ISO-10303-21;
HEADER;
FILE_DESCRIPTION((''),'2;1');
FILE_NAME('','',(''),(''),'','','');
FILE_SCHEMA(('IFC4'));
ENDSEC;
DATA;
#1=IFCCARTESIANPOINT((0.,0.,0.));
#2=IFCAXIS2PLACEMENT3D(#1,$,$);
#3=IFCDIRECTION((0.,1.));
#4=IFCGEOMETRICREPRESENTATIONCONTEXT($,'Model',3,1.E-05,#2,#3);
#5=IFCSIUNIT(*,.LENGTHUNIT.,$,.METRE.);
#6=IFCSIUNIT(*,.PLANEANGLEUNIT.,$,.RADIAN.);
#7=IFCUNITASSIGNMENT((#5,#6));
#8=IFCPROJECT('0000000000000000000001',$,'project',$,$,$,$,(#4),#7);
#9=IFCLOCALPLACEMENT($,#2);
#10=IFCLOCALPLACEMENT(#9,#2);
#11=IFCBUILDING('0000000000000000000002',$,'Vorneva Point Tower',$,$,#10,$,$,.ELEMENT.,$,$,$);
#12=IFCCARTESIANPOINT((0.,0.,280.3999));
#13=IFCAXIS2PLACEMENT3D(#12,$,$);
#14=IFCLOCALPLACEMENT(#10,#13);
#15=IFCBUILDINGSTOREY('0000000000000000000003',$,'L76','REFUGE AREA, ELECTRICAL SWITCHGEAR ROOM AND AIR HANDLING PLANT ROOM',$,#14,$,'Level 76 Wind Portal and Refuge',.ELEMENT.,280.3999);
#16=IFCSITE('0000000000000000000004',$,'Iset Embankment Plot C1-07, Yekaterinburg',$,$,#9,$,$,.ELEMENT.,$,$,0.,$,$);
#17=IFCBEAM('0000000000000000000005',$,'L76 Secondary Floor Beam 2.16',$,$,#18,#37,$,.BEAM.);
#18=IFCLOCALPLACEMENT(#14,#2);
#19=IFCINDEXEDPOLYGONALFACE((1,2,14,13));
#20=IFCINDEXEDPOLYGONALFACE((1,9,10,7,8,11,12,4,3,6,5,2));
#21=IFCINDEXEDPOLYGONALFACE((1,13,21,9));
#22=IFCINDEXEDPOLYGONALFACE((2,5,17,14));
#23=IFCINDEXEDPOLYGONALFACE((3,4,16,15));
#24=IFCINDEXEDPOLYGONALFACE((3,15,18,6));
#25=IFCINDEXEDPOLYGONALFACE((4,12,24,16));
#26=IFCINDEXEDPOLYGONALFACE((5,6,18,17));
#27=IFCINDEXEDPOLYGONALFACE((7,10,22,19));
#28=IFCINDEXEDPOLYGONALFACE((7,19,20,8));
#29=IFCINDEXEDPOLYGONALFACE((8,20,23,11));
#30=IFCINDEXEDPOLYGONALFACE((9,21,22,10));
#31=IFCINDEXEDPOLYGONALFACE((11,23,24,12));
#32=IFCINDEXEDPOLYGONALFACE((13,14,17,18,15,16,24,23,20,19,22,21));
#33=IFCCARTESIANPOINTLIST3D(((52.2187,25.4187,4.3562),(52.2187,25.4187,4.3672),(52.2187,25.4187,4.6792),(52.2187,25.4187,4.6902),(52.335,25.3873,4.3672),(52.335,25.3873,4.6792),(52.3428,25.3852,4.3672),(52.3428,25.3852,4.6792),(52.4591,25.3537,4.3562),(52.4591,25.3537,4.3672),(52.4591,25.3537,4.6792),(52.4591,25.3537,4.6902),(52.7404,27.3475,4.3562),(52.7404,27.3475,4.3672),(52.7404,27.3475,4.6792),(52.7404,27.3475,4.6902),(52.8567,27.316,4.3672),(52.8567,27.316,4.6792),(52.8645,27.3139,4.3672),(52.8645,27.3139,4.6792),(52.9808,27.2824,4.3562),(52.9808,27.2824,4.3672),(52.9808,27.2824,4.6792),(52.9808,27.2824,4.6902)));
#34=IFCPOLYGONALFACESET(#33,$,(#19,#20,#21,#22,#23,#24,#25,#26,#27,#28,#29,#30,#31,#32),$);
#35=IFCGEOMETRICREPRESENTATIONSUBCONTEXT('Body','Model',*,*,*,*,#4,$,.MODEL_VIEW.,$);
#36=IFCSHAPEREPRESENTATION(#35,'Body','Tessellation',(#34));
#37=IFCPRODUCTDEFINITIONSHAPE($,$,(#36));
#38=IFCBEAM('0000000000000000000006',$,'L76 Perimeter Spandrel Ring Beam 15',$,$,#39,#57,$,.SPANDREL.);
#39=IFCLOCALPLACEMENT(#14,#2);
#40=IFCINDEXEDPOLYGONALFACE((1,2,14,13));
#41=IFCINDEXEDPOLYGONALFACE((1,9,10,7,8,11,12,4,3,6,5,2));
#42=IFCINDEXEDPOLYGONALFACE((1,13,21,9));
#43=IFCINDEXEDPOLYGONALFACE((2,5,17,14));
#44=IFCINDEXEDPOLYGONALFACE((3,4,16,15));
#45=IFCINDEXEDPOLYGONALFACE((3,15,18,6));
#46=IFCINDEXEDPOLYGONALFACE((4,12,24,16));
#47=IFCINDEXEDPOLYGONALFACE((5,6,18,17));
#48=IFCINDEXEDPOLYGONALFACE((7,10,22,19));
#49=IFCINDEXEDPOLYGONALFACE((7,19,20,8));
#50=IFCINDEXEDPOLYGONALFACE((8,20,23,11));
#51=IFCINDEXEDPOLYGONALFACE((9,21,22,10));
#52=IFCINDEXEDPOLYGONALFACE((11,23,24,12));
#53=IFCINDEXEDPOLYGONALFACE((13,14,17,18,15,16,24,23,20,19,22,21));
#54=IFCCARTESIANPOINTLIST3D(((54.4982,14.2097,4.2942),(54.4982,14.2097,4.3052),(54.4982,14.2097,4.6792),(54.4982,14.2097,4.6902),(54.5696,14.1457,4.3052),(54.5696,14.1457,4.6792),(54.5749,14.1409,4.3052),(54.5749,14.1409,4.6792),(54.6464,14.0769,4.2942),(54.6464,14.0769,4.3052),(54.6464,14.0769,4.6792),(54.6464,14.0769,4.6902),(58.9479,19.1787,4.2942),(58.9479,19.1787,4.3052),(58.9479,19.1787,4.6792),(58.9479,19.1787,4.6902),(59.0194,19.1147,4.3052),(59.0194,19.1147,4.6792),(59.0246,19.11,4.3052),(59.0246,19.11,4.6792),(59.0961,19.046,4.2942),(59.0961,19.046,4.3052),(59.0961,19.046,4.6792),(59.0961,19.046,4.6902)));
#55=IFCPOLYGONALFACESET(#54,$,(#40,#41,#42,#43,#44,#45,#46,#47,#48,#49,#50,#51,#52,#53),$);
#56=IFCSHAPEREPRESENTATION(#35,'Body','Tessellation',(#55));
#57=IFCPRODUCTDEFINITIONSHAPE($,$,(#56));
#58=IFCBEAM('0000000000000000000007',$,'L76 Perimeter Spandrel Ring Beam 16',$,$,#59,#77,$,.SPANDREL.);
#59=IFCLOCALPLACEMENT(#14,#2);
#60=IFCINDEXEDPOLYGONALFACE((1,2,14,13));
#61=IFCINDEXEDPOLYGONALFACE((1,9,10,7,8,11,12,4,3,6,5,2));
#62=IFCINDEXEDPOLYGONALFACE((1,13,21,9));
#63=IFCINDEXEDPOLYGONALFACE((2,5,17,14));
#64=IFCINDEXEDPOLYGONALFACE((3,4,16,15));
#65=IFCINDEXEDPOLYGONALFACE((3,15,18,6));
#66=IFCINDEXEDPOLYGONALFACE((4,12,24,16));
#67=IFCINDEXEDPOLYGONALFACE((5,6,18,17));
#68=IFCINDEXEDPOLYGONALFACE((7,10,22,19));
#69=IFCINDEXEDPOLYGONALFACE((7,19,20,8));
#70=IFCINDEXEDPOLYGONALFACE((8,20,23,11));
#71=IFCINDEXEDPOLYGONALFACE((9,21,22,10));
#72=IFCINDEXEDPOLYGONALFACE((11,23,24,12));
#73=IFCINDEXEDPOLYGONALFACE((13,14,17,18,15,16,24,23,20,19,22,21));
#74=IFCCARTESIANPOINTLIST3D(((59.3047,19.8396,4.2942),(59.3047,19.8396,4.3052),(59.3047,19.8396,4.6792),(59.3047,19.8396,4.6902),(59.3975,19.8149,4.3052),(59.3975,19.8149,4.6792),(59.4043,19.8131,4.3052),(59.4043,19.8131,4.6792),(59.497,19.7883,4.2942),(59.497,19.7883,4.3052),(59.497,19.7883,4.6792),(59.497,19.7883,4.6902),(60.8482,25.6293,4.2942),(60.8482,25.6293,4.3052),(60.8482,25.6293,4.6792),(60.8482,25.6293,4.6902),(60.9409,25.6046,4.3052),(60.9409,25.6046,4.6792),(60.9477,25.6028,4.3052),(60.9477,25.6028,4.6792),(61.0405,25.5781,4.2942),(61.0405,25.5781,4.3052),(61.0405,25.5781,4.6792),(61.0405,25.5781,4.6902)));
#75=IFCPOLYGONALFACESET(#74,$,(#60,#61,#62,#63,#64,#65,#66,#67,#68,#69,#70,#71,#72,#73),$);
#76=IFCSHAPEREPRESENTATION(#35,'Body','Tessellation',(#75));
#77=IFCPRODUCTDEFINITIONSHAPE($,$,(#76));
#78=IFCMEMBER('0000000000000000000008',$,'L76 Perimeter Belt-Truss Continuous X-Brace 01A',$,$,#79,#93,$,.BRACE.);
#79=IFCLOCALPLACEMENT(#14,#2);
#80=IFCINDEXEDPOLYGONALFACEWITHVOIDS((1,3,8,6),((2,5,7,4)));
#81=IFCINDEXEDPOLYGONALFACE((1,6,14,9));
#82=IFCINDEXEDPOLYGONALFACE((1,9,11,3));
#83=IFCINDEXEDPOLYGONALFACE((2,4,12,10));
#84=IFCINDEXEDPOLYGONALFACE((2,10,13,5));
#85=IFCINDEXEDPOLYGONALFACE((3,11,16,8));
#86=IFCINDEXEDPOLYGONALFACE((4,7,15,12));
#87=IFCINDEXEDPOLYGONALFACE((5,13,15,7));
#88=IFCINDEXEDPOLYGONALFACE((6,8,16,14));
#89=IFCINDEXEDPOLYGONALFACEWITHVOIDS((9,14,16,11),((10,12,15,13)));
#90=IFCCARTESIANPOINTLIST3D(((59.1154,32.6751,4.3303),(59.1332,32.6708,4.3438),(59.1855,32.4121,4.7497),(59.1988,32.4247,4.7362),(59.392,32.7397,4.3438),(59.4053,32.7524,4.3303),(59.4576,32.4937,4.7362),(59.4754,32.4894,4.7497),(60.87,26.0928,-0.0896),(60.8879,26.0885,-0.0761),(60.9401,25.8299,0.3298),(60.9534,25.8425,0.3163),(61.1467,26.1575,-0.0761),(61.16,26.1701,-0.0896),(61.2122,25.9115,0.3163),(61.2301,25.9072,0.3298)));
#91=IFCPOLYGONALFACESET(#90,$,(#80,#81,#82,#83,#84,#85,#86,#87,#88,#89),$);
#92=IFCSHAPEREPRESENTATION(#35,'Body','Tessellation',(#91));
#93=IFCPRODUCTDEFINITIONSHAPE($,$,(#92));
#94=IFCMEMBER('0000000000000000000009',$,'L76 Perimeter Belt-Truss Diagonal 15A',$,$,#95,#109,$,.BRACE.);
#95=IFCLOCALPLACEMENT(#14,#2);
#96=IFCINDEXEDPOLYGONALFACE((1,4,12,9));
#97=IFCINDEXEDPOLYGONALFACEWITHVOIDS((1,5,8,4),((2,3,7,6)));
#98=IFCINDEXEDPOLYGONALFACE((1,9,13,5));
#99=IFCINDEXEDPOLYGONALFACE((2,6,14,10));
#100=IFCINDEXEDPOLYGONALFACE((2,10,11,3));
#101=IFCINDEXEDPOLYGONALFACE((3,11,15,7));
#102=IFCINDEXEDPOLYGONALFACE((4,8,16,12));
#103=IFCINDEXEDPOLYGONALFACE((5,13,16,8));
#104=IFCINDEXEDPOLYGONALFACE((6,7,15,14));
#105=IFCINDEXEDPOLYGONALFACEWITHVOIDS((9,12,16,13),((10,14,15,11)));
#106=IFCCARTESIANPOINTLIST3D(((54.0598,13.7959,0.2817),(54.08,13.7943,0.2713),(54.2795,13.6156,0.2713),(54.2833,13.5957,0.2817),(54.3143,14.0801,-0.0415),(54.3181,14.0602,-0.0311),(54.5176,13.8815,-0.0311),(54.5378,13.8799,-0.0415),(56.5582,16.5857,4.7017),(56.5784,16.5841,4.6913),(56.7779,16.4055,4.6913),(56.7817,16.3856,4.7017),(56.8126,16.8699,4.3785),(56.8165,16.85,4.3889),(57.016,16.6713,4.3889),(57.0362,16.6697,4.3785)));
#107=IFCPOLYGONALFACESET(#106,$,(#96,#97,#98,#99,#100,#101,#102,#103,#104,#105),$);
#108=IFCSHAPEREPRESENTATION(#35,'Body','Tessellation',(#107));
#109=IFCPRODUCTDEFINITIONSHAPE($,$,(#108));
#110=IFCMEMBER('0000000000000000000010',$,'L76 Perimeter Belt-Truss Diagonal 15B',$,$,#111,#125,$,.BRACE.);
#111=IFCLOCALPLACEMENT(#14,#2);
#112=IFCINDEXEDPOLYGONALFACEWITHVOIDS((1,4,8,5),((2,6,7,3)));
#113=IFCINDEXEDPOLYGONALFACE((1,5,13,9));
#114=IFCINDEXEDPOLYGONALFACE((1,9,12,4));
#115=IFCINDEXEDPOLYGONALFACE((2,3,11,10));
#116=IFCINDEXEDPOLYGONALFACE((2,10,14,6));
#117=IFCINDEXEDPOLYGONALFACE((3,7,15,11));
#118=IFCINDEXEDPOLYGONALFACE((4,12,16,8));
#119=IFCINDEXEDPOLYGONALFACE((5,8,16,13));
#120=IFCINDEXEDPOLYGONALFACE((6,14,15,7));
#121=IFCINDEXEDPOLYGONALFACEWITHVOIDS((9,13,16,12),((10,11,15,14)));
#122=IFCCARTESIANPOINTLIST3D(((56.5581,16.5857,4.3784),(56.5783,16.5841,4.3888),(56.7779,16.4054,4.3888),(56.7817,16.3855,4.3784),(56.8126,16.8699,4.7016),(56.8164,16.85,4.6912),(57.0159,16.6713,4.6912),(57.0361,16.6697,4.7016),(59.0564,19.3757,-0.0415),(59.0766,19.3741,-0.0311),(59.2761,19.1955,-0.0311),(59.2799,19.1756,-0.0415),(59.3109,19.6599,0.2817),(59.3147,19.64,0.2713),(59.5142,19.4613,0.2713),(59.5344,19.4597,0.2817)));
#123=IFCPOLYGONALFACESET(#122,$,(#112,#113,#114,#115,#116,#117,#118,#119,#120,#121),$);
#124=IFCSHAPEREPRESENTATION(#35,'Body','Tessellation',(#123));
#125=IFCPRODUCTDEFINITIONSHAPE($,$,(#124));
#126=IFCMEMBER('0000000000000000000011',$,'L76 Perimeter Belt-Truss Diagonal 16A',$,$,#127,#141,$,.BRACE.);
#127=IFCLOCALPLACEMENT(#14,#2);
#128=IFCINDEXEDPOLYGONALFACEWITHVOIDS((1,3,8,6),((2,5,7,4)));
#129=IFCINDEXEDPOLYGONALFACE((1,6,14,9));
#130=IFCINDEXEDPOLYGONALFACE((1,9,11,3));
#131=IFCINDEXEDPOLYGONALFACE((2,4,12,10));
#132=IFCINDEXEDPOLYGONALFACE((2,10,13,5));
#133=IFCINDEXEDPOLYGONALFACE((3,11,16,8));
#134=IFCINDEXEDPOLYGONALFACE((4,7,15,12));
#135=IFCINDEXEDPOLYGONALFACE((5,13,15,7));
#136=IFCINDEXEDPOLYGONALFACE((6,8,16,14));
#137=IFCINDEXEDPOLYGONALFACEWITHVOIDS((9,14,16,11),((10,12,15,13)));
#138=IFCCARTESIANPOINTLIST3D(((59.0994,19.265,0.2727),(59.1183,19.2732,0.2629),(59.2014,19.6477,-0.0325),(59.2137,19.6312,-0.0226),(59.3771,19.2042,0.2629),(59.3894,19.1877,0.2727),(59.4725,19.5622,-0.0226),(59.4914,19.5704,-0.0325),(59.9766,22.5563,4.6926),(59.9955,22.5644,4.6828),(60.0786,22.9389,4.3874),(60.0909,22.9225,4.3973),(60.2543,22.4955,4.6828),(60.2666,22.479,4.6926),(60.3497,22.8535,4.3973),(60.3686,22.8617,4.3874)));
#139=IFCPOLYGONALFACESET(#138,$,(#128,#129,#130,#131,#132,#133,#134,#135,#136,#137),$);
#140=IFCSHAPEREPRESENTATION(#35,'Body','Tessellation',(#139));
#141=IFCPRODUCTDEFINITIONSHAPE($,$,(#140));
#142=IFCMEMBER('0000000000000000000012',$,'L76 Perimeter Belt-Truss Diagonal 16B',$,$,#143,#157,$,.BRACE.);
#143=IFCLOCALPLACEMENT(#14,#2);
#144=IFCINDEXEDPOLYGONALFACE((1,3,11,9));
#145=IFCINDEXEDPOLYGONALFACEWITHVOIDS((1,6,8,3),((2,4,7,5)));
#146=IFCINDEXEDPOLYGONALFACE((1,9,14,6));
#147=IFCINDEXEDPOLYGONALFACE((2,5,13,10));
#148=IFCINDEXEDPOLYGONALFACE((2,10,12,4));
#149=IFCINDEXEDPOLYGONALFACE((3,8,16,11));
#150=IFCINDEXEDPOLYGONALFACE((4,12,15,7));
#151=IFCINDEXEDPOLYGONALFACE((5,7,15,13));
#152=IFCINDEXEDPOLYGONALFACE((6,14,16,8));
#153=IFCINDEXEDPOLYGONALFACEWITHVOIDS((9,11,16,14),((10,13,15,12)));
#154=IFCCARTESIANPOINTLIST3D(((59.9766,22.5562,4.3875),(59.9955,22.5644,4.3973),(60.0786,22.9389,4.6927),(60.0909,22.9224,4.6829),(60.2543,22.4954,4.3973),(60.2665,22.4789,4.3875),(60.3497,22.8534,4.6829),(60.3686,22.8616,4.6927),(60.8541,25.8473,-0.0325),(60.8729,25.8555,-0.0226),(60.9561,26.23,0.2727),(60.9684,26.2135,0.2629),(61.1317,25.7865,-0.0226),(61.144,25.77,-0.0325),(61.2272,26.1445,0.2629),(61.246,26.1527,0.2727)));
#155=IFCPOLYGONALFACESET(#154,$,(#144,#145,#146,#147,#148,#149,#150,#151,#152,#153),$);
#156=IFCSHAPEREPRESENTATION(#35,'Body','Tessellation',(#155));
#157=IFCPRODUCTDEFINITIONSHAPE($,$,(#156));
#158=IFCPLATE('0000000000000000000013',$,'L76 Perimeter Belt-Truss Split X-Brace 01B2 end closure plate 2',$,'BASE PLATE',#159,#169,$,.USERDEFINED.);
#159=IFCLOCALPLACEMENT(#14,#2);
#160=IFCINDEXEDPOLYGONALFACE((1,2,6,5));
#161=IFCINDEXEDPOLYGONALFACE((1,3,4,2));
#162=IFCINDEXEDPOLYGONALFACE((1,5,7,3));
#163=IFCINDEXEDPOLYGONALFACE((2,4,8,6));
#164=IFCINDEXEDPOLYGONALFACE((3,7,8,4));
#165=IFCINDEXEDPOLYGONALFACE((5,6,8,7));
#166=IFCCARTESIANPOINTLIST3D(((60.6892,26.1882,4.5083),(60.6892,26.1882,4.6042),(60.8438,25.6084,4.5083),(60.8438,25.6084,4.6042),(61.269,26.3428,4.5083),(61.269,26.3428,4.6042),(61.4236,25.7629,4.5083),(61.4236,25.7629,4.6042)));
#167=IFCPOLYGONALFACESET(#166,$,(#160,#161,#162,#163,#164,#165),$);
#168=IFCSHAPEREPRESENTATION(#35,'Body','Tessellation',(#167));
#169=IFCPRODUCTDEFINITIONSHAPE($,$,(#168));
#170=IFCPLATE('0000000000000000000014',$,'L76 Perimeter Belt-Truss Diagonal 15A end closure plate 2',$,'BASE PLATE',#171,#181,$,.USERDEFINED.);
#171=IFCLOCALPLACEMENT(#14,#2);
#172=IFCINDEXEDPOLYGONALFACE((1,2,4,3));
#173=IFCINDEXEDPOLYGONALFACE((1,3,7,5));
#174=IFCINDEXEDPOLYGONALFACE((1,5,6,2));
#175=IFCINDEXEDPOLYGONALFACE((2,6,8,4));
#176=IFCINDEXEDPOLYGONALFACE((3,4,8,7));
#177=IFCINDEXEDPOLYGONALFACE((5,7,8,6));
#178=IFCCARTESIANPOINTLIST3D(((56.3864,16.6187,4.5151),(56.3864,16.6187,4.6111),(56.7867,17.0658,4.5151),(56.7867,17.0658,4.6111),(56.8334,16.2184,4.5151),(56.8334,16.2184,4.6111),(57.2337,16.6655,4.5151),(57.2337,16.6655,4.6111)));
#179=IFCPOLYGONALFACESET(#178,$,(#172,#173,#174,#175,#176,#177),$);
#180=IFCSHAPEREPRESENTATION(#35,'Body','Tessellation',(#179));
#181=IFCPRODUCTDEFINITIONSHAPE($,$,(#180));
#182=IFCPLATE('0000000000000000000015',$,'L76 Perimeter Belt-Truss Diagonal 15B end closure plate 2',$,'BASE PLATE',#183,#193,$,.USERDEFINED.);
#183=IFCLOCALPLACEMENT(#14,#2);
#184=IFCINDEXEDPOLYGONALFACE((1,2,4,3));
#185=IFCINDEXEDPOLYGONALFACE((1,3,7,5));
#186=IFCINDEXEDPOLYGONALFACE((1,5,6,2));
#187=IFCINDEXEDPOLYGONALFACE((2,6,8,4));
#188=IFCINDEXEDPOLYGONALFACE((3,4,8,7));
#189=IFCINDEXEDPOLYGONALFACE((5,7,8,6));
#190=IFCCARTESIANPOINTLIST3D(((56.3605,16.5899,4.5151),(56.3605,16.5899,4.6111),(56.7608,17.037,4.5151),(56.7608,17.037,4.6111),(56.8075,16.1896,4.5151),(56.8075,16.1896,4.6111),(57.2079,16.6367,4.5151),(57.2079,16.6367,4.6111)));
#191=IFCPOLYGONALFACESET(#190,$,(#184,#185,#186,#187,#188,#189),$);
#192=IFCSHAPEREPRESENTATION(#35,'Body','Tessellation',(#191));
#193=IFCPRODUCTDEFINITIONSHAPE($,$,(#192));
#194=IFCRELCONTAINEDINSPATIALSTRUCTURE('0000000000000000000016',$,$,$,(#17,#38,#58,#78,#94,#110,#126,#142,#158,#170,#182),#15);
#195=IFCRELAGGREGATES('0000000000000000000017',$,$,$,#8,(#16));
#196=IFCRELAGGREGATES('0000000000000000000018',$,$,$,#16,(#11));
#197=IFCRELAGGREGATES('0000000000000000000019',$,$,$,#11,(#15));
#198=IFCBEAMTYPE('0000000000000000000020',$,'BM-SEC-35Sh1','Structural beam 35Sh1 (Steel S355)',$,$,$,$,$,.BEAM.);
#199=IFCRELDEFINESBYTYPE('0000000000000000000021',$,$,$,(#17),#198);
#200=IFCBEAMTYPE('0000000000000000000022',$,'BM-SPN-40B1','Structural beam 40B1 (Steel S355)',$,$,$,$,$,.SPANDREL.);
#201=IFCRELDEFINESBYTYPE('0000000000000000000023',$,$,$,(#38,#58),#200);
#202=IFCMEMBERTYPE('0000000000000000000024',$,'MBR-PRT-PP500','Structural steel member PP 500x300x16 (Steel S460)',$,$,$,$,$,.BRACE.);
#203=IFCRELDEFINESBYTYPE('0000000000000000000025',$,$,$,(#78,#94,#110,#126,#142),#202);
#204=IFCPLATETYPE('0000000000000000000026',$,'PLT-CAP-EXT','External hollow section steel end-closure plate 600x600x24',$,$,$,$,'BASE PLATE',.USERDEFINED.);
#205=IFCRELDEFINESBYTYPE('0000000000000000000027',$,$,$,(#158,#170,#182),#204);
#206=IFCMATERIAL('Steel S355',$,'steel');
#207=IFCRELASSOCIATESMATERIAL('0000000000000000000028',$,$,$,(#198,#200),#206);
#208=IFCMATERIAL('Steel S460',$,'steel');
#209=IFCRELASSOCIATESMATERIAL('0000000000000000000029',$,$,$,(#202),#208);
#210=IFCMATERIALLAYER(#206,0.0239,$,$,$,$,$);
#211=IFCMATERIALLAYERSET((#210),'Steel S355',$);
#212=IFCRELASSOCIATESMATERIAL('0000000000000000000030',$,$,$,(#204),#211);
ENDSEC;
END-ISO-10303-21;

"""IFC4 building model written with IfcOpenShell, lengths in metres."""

from ifc_helpers import new_model, si_unit, direction, frame, origin, origin_2d, place, context, subcontext, project, spatial, rectangle, hollow_rectangle, i_section, extrude, material, layer, layer_set, material_profile, profile_set, type_object, element, save


model = new_model("IFC4")

# Units and contexts
model_context = context("Model", 3, precision=1e-05, world=origin(), true_north=direction((0.0, 1.0)))
body_context = subcontext(model_context, "Body", "Model", "MODEL_VIEW")
ifc_project = project(units=[si_unit("LENGTHUNIT", "METRE"), si_unit("PLANEANGLEUNIT", "RADIAN")], contexts=[model_context])

# Site, building, storey
site_placement = place(None, origin())
site = spatial("IfcSite", under=ifc_project, at=site_placement, Name="Iset Embankment Plot C1-07, Yekaterinburg", CompositionType="ELEMENT", RefElevation=0.0)
building_placement = place(site_placement, origin())
building = spatial("IfcBuilding", under=site, at=building_placement, Name="Vorneva Point Tower", CompositionType="ELEMENT")
storey_placement = place(building_placement, frame((0.0, 0.0, 280.3999)))
storey = spatial("IfcBuildingStorey", under=building, at=storey_placement, Name="L76", Description="REFUGE AREA, ELECTRICAL SWITCHGEAR ROOM AND AIR HANDLING PLANT ROOM", LongName="Level 76 Wind Portal and Refuge", CompositionType="ELEMENT", Elevation=280.3999)

# Beams
ifc_material_1 = material(Name="Steel S460", Category="steel")
ifc_material_2 = material(Name="Steel S355", Category="steel")
ifc_material_profile_1 = material_profile(ifc_material_2, i_section(OverallWidth=0.249, OverallDepth=0.334, WebThickness=0.0081, FlangeThickness=0.011, at=origin_2d()), Name="35Sh1")
ifc_profile_set_1 = profile_set([ifc_material_profile_1], Name="Steel S355")
beam_type_1 = type_object("IfcBeamType", Name="BM-SEC-35Sh1", Description="Structural beam 35Sh1 (Steel S355)", PredefinedType="BEAM", material=ifc_profile_set_1)
beam_1_placement = place(storey_placement, frame((52.3389, 25.3862, 4.5232), z_axis=(0.261121, 0.965306, 0.0), x_axis=(-0.965306, 0.261121, 0.0)))
element("IfcBeam", 1, at=beam_1_placement, inside=storey, type_object=beam_type_1, Name="L76 Secondary Floor Beam 2.16", PredefinedType="BEAM", context=body_context, shape_type="SweptSolid", body=[
    extrude(i_section(OverallWidth=0.249, OverallDepth=0.334, WebThickness=0.0081, FlangeThickness=0.011, at=origin_2d()), origin(), (0.0, 0.0, 1.0), 1.998),
])
ifc_material_profile_2 = material_profile(ifc_material_2, i_section(OverallWidth=0.199, OverallDepth=0.396, WebThickness=0.0071, FlangeThickness=0.011, at=origin_2d()), Name="40B1")
ifc_profile_set_2 = profile_set([ifc_material_profile_2], Name="Steel S355")
beam_type_2 = type_object("IfcBeamType", Name="BM-SPN-40B1", Description="Structural beam 40B1 (Steel S355)", PredefinedType="SPANDREL", material=ifc_profile_set_2)
beam_2_placement = place(storey_placement, frame((54.5723, 14.1433, 4.4922), z_axis=(0.667108, 0.744961, 0.0), x_axis=(-0.744961, 0.667108, 0.0)))
element("IfcBeam", 2, at=beam_2_placement, inside=storey, type_object=beam_type_2, Name="L76 Perimeter Spandrel Ring Beam 15", PredefinedType="SPANDREL", context=body_context, shape_type="SweptSolid", body=[
    extrude(i_section(OverallWidth=0.199, OverallDepth=0.396, WebThickness=0.0071, FlangeThickness=0.011, at=origin_2d()), origin(), (0.0, 0.0, 1.0), 6.6702),
])
beam_3_placement = place(storey_placement, frame((59.4009, 19.814, 4.4922), z_axis=(0.257587, 0.966255, 0.0), x_axis=(-0.966255, 0.257587, 0.0)))
element("IfcBeam", 3, at=beam_3_placement, inside=storey, type_object=beam_type_2, Name="L76 Perimeter Spandrel Ring Beam 16", PredefinedType="SPANDREL", context=body_context, shape_type="SweptSolid", body=[
    extrude(i_section(OverallWidth=0.199, OverallDepth=0.396, WebThickness=0.0071, FlangeThickness=0.011, at=origin_2d()), origin(), (0.0, 0.0, 1.0), 5.9919),
])

# Members
ifc_material_profile_3 = material_profile(ifc_material_1, hollow_rectangle(XDim=0.3, YDim=0.5, WallThickness=0.0161, at=origin_2d()), Name="PP 500x300x16")
ifc_profile_set_3 = profile_set([ifc_material_profile_3], Name="Steel S460")
member_type = type_object("IfcMemberType", Name="MBR-PRT-PP500", Description="Structural steel member PP 500x300x16 (Steel S460)", PredefinedType="BRACE", material=ifc_profile_set_3)
member_placement = place(storey_placement, frame((61.05, 26.0, 0.1201), z_axis=(-0.216078, 0.810586, 0.544299), x_axis=(-0.966258, -0.257576, 0.0)))
element("IfcMember", 4, at=member_placement, inside=storey, type_object=member_type, Name="L76 Perimeter Belt-Truss Continuous X-Brace 01A", PredefinedType="BRACE", context=body_context, shape_type="SweptSolid", body=[
    extrude(hollow_rectangle(XDim=0.3, YDim=0.5, WallThickness=0.0161, at=origin_2d()), origin(), (0.0, 0.0, 1.0), 8.1204),
])
for number, where, z_axis, x_axis, name in (
    (5, (54.2988, 13.8379, 0.1201), (0.431252, 0.481571, 0.762962), (-0.744955, 0.667115, 0.0), "L76 Perimeter Belt-Truss Diagonal 15A"),
    (6, (59.2954, 19.4177, 0.1201), (-0.431243, -0.481604, 0.762946), (0.744984, -0.667083, 0.0), "L76 Perimeter Belt-Truss Diagonal 15B"),
):
    element("IfcMember", number, at=place(storey_placement, frame(where, z_axis=z_axis, x_axis=x_axis)), inside=storey, type_object=member_type, Name=name, PredefinedType="BRACE", context=body_context, shape_type="SweptSolid", body=[
        extrude(hollow_rectangle(XDim=0.3, YDim=0.5, WallThickness=0.0161, at=origin_2d()), origin(), (0.0, 0.0, 1.0), 5.7932),
    ])
for number, where, z_axis, x_axis, name in (
    (7, (59.2954, 19.4177, 0.1201), (0.157201, 0.58982, 0.792086), (-0.966269, 0.257533, 0.0), "L76 Perimeter Belt-Truss Diagonal 16A"),
    (8, (61.05, 26.0, 0.1201), (-0.157248, -0.589788, 0.792101), (0.966247, -0.257618, 0.0), "L76 Perimeter Belt-Truss Diagonal 16B"),
):
    element("IfcMember", number, at=place(storey_placement, frame(where, z_axis=z_axis, x_axis=x_axis)), inside=storey, type_object=member_type, Name=name, PredefinedType="BRACE", context=body_context, shape_type="SweptSolid", body=[
        extrude(hollow_rectangle(XDim=0.3, YDim=0.5, WallThickness=0.0161, at=origin_2d()), origin(), (0.0, 0.0, 1.0), 5.5801),
    ])

# Plates
ifc_layer_1 = layer(ifc_material_2, 0.0239)
ifc_layer_set_1 = layer_set([ifc_layer_1], Name="Steel S355")
plate_type_1 = type_object("IfcPlateType", Name="PLT-CAP-EXT", Description="External hollow section steel end-closure plate 600x600x24", ElementType="BASE PLATE", PredefinedType="USERDEFINED", material=ifc_layer_set_1)
for number, where, z_axis, x_axis, name in (
    (9, (61.0564, 25.9756, 4.5083), (0.0, 0.0, 1.0), (0.257571, -0.966259, 0.0), "L76 Perimeter Belt-Truss Split X-Brace 01B2 end closure plate 2"),
    (10, (56.8101, 16.6421, 4.5151), (0.0, 0.0, 1.0), (0.667092, 0.744976, 0.0), "L76 Perimeter Belt-Truss Diagonal 15A end closure plate 2"),
    (11, (56.7842, 16.6133, 4.5151), (0.0, 0.0, 1.0), (-0.667092, -0.744976, 0.0), "L76 Perimeter Belt-Truss Diagonal 15B end closure plate 2"),
):
    element("IfcPlate", number, at=place(storey_placement, frame(where, z_axis=z_axis, x_axis=x_axis)), inside=storey, type_object=plate_type_1, Name=name, ObjectType="BASE PLATE", PredefinedType="USERDEFINED", context=body_context, shape_type="SweptSolid", body=[
        extrude(rectangle(XDim=0.6001, YDim=0.6001, at=origin_2d()), origin(), (0.0, 0.0, 1.0), 0.0959),
    ])

save(model, "model.ifc")
